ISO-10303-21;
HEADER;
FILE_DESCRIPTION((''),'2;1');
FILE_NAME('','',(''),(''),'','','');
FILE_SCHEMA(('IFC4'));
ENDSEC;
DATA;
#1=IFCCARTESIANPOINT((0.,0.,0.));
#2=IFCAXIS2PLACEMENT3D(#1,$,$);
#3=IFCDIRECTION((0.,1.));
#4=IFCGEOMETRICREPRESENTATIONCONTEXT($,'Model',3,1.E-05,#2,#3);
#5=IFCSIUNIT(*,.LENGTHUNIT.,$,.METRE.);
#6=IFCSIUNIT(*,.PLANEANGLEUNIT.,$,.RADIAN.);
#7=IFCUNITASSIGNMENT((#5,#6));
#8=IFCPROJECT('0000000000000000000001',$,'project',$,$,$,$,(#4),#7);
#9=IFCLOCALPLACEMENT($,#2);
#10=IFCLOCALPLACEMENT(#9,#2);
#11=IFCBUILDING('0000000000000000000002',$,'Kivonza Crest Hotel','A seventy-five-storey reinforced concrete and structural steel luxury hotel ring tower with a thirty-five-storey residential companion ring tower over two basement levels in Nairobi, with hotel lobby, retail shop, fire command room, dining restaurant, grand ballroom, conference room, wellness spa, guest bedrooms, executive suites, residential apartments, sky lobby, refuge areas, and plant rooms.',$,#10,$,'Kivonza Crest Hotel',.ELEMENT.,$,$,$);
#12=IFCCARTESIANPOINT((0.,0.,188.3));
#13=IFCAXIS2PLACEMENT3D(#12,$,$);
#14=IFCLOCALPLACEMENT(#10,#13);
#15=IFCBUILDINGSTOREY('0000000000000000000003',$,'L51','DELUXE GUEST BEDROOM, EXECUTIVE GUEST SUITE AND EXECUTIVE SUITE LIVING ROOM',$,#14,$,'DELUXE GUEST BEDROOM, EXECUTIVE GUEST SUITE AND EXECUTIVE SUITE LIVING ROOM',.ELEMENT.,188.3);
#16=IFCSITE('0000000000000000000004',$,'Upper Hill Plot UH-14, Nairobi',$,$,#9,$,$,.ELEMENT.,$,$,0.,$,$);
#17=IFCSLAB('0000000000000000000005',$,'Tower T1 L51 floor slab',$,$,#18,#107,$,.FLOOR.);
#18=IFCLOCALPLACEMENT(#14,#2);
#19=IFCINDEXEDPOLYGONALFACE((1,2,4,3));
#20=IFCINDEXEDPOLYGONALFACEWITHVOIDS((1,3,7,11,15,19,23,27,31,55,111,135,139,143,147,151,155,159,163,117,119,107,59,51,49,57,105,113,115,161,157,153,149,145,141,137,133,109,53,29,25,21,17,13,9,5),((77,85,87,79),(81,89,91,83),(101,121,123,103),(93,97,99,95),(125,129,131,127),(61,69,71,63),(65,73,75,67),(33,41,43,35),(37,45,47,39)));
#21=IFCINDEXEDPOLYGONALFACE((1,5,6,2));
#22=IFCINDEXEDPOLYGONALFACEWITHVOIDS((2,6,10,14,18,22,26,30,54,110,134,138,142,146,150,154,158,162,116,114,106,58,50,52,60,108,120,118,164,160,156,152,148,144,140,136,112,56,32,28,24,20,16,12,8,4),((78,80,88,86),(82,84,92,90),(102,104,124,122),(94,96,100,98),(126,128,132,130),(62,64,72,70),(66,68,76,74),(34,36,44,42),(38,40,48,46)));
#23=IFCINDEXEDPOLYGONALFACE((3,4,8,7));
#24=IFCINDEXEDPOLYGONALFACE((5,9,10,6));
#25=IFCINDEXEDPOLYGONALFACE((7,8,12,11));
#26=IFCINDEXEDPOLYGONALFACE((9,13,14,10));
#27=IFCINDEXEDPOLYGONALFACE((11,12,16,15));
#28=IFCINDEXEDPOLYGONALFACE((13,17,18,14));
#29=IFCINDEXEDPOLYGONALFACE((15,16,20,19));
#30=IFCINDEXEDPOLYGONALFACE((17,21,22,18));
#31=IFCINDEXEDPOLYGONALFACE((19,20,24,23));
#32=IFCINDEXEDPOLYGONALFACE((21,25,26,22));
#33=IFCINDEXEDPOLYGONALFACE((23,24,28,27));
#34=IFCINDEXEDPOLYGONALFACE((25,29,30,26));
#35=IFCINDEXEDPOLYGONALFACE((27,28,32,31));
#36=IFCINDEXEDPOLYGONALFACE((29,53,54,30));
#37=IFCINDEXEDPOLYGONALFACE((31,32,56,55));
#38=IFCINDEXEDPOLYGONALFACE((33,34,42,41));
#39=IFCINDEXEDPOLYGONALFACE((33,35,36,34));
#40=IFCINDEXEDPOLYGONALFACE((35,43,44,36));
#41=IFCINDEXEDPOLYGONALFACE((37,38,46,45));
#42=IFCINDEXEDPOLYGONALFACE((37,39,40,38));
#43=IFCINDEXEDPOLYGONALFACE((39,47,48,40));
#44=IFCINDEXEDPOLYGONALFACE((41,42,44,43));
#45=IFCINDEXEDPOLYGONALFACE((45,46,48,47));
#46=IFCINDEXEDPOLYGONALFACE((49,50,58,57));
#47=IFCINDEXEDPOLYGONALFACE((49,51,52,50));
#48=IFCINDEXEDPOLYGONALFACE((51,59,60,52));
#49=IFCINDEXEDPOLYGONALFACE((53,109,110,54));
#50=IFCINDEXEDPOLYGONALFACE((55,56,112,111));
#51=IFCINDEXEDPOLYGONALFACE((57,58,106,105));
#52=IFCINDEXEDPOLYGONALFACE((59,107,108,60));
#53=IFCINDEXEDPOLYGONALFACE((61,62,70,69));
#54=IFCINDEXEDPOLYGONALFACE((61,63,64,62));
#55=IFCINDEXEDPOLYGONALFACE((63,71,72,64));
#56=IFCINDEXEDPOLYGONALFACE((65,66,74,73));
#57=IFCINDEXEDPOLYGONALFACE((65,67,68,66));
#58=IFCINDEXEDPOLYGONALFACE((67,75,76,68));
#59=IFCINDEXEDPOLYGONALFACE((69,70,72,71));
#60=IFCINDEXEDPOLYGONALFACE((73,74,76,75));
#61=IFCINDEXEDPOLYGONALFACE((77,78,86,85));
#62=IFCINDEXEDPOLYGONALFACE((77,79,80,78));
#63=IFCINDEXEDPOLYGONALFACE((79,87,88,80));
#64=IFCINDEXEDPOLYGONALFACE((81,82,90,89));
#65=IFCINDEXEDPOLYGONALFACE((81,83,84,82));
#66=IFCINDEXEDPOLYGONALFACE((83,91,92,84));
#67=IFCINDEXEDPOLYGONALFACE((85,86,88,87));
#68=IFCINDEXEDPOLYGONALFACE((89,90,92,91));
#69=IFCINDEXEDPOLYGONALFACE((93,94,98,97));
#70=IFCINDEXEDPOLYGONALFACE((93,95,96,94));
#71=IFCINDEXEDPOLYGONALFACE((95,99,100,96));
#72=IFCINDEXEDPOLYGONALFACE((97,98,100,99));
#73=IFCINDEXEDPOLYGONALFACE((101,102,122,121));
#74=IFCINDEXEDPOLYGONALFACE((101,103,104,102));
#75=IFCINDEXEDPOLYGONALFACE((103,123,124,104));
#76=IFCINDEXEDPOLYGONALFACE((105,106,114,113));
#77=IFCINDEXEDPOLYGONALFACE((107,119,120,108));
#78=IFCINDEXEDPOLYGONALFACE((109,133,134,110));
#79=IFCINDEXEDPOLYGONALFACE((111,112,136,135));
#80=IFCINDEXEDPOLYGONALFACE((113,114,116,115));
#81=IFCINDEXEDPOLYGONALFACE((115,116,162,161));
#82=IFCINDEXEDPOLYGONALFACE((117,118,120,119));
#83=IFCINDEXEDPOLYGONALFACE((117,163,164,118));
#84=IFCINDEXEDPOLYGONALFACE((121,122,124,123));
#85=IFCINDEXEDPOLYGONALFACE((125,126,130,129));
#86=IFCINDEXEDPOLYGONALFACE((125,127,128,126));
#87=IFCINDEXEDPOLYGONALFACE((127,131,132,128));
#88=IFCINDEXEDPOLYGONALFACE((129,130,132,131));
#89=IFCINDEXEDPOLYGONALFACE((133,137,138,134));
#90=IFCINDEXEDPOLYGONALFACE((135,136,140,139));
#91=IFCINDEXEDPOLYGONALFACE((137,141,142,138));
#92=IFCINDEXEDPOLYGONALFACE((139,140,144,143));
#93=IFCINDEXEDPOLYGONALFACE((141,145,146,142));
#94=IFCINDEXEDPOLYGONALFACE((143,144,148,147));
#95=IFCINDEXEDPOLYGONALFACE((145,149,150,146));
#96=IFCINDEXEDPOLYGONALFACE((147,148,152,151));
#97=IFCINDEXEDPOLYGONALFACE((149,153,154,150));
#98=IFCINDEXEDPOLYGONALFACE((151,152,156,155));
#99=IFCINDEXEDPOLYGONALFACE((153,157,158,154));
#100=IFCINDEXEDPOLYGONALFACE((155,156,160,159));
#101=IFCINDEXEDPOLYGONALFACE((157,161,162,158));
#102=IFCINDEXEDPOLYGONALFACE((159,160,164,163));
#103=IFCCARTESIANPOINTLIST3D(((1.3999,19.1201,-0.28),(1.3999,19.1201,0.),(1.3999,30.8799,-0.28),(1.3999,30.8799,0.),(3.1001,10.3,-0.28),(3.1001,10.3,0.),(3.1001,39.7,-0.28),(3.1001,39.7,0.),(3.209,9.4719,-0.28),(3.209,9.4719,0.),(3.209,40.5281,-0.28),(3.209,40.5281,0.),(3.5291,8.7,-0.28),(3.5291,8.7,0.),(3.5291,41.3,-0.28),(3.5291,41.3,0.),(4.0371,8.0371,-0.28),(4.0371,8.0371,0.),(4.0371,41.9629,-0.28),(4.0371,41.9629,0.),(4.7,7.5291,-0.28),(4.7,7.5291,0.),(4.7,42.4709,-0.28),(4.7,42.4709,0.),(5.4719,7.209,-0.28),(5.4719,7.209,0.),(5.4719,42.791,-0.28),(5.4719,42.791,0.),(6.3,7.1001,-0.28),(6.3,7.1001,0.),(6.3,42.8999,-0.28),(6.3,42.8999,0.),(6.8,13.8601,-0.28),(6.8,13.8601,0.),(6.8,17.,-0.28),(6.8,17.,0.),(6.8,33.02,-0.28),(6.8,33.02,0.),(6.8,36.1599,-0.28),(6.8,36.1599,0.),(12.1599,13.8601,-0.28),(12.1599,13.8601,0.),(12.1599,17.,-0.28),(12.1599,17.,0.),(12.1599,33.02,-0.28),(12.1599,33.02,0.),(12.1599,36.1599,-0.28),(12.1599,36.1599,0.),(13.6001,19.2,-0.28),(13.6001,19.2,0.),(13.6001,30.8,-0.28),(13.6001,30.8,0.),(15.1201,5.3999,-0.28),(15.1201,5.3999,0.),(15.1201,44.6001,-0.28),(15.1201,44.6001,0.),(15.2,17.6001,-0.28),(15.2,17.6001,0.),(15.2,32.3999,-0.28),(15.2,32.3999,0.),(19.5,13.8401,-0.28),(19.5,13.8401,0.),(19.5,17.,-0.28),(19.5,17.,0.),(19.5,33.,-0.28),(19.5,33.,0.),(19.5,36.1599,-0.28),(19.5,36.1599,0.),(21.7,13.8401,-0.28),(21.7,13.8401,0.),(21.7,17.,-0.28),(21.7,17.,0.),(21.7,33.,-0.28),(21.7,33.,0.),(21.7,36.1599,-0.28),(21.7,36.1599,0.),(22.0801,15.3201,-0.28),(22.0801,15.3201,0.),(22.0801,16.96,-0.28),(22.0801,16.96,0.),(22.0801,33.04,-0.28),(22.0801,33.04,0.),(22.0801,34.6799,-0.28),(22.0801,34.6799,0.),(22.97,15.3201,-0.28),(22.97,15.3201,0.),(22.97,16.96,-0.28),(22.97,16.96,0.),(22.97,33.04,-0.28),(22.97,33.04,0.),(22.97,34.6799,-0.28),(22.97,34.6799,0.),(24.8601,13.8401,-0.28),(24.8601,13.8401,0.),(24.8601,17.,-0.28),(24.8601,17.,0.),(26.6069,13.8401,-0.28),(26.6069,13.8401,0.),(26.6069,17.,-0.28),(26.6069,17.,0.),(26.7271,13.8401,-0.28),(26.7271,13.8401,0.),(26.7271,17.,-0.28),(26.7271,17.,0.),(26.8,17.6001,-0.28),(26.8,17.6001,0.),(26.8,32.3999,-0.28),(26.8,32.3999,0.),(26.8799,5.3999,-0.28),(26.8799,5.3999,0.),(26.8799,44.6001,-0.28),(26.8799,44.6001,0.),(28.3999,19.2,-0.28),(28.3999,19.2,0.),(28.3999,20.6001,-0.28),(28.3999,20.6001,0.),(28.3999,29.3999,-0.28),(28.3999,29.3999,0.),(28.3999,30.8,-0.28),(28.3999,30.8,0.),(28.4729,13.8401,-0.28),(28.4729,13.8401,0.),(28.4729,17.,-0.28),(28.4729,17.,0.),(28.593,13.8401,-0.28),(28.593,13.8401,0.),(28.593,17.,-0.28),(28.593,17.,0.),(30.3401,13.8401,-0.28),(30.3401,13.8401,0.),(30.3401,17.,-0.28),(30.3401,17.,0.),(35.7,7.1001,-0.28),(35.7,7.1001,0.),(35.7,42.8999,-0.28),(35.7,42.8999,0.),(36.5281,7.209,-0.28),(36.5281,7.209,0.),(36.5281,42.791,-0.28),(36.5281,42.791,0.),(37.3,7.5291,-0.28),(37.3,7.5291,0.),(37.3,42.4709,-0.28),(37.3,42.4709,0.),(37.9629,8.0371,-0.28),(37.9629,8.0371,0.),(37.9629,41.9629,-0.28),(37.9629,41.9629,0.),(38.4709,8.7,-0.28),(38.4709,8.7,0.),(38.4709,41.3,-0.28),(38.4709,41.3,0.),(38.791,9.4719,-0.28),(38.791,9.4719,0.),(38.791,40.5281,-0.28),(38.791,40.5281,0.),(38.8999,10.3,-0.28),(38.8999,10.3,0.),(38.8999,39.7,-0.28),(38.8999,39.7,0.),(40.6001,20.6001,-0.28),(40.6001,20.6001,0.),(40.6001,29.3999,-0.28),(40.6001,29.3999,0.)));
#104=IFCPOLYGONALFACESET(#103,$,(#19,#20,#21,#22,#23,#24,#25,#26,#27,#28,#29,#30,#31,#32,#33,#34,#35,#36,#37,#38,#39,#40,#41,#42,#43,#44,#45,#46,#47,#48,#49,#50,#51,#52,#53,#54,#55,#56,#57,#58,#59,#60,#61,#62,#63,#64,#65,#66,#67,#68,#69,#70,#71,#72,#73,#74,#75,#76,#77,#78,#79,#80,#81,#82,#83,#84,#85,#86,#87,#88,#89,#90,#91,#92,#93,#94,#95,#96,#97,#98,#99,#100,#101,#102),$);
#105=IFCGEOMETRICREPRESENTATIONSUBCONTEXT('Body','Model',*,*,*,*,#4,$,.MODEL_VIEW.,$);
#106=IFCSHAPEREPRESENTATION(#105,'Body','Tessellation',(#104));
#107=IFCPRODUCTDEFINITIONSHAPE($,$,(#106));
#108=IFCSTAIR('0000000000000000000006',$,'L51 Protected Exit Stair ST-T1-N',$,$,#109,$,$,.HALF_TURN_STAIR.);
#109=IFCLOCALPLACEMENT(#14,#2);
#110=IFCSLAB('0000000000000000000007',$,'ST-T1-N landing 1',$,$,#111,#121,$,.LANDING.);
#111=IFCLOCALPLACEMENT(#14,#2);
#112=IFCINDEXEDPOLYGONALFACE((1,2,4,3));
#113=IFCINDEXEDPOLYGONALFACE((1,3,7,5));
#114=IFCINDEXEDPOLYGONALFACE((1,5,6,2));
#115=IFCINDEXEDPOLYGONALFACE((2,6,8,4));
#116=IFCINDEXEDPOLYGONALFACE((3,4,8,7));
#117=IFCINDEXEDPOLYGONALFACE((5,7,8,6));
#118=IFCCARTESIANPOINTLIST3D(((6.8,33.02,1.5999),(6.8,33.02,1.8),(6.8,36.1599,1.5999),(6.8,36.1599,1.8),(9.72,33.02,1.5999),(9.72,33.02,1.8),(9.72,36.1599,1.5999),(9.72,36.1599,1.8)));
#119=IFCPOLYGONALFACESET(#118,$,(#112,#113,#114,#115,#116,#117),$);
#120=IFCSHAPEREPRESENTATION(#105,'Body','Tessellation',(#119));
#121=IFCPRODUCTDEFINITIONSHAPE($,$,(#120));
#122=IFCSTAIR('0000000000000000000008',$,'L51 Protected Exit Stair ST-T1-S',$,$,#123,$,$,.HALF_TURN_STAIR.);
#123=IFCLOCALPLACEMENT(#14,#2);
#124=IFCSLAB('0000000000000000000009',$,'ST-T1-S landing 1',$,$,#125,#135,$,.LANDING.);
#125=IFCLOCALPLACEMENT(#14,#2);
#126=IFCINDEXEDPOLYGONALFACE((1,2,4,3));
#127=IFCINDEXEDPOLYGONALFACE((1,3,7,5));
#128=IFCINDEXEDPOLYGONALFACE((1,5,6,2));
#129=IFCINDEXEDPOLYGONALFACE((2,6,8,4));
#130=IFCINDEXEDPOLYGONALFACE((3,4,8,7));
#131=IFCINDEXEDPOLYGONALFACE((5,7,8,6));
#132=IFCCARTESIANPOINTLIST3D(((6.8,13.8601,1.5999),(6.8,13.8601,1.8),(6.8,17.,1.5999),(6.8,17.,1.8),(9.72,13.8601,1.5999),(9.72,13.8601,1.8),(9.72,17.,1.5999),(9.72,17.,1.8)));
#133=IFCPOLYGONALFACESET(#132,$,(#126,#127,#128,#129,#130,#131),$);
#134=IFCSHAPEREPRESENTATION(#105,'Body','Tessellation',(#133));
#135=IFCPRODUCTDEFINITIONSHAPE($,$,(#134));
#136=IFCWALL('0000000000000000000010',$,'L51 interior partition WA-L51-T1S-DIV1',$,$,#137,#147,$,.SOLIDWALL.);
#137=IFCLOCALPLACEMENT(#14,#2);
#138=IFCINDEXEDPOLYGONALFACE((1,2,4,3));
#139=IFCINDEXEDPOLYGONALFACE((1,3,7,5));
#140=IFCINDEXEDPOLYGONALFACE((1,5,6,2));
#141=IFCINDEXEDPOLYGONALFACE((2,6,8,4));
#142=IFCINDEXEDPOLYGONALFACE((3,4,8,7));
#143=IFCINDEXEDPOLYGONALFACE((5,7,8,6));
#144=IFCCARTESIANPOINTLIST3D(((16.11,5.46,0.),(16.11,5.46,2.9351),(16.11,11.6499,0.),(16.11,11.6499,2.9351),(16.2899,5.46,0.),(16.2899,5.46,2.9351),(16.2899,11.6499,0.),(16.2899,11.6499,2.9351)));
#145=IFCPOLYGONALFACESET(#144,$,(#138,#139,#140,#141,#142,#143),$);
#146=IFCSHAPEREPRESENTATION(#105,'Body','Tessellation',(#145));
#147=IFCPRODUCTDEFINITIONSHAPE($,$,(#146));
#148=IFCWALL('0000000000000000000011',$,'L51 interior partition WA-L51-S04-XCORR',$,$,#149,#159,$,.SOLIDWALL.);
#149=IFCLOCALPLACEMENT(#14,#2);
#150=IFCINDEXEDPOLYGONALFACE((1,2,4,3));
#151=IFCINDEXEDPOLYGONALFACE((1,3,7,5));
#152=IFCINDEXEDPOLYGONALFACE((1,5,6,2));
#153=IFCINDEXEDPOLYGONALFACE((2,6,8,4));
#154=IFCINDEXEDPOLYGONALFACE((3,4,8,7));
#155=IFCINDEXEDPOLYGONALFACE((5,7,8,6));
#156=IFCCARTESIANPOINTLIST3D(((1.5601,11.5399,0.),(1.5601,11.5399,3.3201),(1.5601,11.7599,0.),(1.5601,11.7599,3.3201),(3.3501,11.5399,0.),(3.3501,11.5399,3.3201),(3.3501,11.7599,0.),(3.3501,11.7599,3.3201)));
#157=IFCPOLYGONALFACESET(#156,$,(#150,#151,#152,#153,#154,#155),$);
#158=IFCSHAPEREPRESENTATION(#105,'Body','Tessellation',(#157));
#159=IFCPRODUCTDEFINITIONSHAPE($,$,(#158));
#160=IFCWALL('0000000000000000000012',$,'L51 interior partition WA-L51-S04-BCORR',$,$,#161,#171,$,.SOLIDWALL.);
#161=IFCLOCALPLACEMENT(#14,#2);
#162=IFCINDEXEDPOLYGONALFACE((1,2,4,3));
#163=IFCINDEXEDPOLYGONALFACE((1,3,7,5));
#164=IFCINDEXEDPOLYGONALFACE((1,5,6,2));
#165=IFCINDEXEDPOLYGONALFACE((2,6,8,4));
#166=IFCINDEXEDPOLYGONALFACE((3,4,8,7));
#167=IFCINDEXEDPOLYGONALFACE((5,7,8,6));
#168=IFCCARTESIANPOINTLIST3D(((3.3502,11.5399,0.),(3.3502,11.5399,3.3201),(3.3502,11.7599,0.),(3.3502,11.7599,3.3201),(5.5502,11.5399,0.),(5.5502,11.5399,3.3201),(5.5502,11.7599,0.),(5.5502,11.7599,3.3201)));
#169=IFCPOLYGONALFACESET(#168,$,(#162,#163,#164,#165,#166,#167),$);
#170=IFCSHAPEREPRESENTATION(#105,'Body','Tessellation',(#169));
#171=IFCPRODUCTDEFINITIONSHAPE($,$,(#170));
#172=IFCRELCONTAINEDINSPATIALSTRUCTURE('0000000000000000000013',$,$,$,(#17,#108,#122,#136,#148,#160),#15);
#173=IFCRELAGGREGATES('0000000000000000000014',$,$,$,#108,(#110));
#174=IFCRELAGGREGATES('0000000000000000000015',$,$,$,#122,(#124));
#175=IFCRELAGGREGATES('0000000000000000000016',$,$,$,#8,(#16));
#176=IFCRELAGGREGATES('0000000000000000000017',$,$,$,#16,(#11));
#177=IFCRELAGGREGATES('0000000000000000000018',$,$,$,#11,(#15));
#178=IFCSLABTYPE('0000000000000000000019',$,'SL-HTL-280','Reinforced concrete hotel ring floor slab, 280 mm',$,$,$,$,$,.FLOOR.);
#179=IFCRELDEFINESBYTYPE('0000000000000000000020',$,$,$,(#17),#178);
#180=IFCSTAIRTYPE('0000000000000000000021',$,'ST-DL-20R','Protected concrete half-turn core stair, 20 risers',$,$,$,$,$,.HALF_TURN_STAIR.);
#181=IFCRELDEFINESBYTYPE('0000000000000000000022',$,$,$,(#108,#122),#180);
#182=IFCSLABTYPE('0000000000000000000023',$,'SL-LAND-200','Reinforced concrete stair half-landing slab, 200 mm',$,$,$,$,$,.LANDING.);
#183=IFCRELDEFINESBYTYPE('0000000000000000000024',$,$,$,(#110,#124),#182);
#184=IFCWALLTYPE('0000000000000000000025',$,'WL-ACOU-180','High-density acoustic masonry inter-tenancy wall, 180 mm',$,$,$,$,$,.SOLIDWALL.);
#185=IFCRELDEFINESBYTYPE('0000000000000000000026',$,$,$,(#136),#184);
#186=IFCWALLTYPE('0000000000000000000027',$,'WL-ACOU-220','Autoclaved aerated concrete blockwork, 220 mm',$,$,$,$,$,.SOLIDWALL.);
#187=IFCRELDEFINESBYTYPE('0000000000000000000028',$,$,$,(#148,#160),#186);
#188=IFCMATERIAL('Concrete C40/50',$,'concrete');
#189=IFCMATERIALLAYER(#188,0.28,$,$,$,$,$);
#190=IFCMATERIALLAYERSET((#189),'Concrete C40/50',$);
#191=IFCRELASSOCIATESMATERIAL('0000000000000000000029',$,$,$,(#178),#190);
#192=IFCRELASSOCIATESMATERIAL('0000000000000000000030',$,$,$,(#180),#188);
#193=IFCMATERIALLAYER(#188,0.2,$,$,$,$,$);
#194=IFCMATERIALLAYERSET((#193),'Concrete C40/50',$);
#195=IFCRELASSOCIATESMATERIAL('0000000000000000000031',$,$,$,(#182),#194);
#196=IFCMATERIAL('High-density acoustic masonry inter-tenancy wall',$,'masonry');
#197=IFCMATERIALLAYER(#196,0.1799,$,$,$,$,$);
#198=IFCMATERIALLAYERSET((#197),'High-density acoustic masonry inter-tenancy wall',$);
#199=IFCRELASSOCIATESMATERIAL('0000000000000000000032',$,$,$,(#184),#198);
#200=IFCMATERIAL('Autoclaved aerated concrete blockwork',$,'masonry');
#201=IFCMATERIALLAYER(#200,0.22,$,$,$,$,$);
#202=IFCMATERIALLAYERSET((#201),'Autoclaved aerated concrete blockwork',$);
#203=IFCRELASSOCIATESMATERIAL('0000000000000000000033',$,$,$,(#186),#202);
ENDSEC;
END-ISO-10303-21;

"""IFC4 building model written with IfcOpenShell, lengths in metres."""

from ifc_helpers import new_model, si_unit, direction, frame, frame_2d, origin, place, context, subcontext, project, spatial, polyline, rectangle, outline, extrude, material, layer, layer_set, type_object, element, aggregate, save


model = new_model("IFC4")

# Units and contexts
model_context = context("Model", 3, precision=1e-05, world=origin(), true_north=direction((0.0, 1.0)))
body_context = subcontext(model_context, "Body", "Model", "MODEL_VIEW")
ifc_project = project(units=[si_unit("LENGTHUNIT", "METRE"), si_unit("PLANEANGLEUNIT", "RADIAN")], contexts=[model_context])

# Site, building, storey
site_placement = place(None, origin())
site = spatial("IfcSite", under=ifc_project, at=site_placement, Name="Upper Hill Plot UH-14, Nairobi", CompositionType="ELEMENT", RefElevation=0.0)
building_placement = place(site_placement, origin())
building = spatial("IfcBuilding", under=site, at=building_placement, Name="Kivonza Crest Hotel", Description="A seventy-five-storey reinforced concrete and structural steel luxury hotel ring tower with a thirty-five-storey residential companion ring tower over two basement levels in Nairobi, with hotel lobby, retail shop, fire command room, dining restaurant, grand ballroom, conference room, wellness spa, guest bedrooms, executive suites, residential apartments, sky lobby, refuge areas, and plant rooms.", LongName="Kivonza Crest Hotel", CompositionType="ELEMENT")
storey_placement = place(building_placement, frame((0.0, 0.0, 188.3)))
storey = spatial("IfcBuildingStorey", under=building, at=storey_placement, Name="L51", Description="DELUXE GUEST BEDROOM, EXECUTIVE GUEST SUITE AND EXECUTIVE SUITE LIVING ROOM", LongName="DELUXE GUEST BEDROOM, EXECUTIVE GUEST SUITE AND EXECUTIVE SUITE LIVING ROOM", CompositionType="ELEMENT", Elevation=188.3)

# Slab
ifc_material_1 = material(Name="Concrete C40/50", Category="concrete")
ifc_layer_1 = layer(ifc_material_1, 0.28)
ifc_layer_set_1 = layer_set([ifc_layer_1], Name="Concrete C40/50")
slab_type_1 = type_object("IfcSlabType", Name="SL-HTL-280", Description="Reinforced concrete hotel ring floor slab, 280 mm", PredefinedType="FLOOR", material=ifc_layer_set_1)
slab_1_placement = place(storey_placement, frame((0.0, 0.0, -0.28)))
element("IfcSlab", 1, at=slab_1_placement, inside=storey, type_object=slab_type_1, Name="Tower T1 L51 floor slab", PredefinedType="FLOOR", context=body_context, shape_type="SweptSolid", body=[
    extrude(outline(polyline([(3.1001, 10.3), (3.209, 9.4719), (3.5291, 8.7), (4.0371, 8.0371), (4.7, 7.5291), (5.4719, 7.209), (6.3, 7.1001), (15.1201, 5.3999), (26.8799, 5.3999), (35.7, 7.1001), (36.5281, 7.209), (37.3, 7.5291), (37.9629, 8.0371), (38.4709, 8.7), (38.791, 9.4719), (38.8999, 10.3), (40.6001, 20.6001), (28.3999, 20.6001), (28.3999, 19.2), (26.8, 17.6001), (15.2, 17.6001), (13.6001, 19.2), (13.6001, 30.8), (15.2, 32.3999), (26.8, 32.3999), (28.3999, 30.8), (28.3999, 29.3999), (40.6001, 29.3999), (38.8999, 39.7), (38.791, 40.5281), (38.4709, 41.3), (37.9629, 41.9629), (37.3, 42.4709), (36.5281, 42.791), (35.7, 42.8999), (26.8799, 44.6001), (15.1201, 44.6001), (6.3, 42.8999), (5.4719, 42.791), (4.7, 42.4709), (4.0371, 41.9629), (3.5291, 41.3), (3.209, 40.5281), (3.1001, 39.7), (1.3999, 30.8799), (1.3999, 19.1201), (3.1001, 10.3)]), holes=[polyline([(6.8, 33.02), (12.1599, 33.02), (12.1599, 36.1599), (6.8, 36.1599), (6.8, 33.02)]), polyline([(6.8, 13.8601), (12.1599, 13.8601), (12.1599, 17.0), (6.8, 17.0), (6.8, 13.8601)]), polyline([(22.0801, 33.04), (22.97, 33.04), (22.97, 34.6799), (22.0801, 34.6799), (22.0801, 33.04)]), polyline([(22.0801, 15.3201), (22.97, 15.3201), (22.97, 16.96), (22.0801, 16.96), (22.0801, 15.3201)]), polyline([(19.5, 33.0), (21.7, 33.0), (21.7, 36.1599), (19.5, 36.1599), (19.5, 33.0)]), polyline([(19.5, 13.8401), (21.7, 13.8401), (21.7, 17.0), (19.5, 17.0), (19.5, 13.8401)]), polyline([(24.8601, 13.8401), (26.6069, 13.8401), (26.6069, 17.0), (24.8601, 17.0), (24.8601, 13.8401)]), polyline([(26.7271, 13.8401), (28.4729, 13.8401), (28.4729, 17.0), (26.7271, 17.0), (26.7271, 13.8401)]), polyline([(28.593, 13.8401), (30.3401, 13.8401), (30.3401, 17.0), (28.593, 17.0), (28.593, 13.8401)])]), origin(), (0.0, 0.0, 1.0), 0.28),
])

# Stairs, slabs
stair_type = type_object("IfcStairType", Name="ST-DL-20R", Description="Protected concrete half-turn core stair, 20 risers", PredefinedType="HALF_TURN_STAIR", material=ifc_material_1)
stair_1_placement = place(storey_placement, origin())
stair_1 = element("IfcStair", 2, at=stair_1_placement, inside=storey, type_object=stair_type, Name="L51 Protected Exit Stair ST-T1-N", PredefinedType="HALF_TURN_STAIR")
ifc_layer_2 = layer(ifc_material_1, 0.2)
ifc_layer_set_2 = layer_set([ifc_layer_2], Name="Concrete C40/50")
slab_type_2 = type_object("IfcSlabType", Name="SL-LAND-200", Description="Reinforced concrete stair half-landing slab, 200 mm", PredefinedType="LANDING", material=ifc_layer_set_2)
slab_2_placement = place(storey_placement, frame((0.0, 0.0, 1.5999)))
slab_2 = element("IfcSlab", 3, at=slab_2_placement, type_object=slab_type_2, Name="ST-T1-N landing 1", PredefinedType="LANDING", context=body_context, shape_type="SweptSolid", body=[
    extrude(outline(polyline([(9.72, 36.1599), (6.8, 36.1599), (6.8, 33.02), (9.72, 33.02), (9.72, 36.1599)])), origin(), (0.0, 0.0, 1.0), 0.2002),
])
aggregate(stair_1, [slab_2])
stair_2_placement = place(storey_placement, origin())
stair_2 = element("IfcStair", 4, at=stair_2_placement, inside=storey, type_object=stair_type, Name="L51 Protected Exit Stair ST-T1-S", PredefinedType="HALF_TURN_STAIR")
slab_3_placement = place(storey_placement, frame((0.0, 0.0, 1.5999)))
slab_3 = element("IfcSlab", 5, at=slab_3_placement, type_object=slab_type_2, Name="ST-T1-S landing 1", PredefinedType="LANDING", context=body_context, shape_type="SweptSolid", body=[
    extrude(outline(polyline([(9.72, 17.0), (6.8, 17.0), (6.8, 13.8601), (9.72, 13.8601), (9.72, 17.0)])), origin(), (0.0, 0.0, 1.0), 0.2002),
])
aggregate(stair_2, [slab_3])

# Walls
ifc_material_2 = material(Name="High-density acoustic masonry inter-tenancy wall", Category="masonry")
ifc_layer_3 = layer(ifc_material_2, 0.1799)
ifc_layer_set_3 = layer_set([ifc_layer_3], Name="High-density acoustic masonry inter-tenancy wall")
wall_type_1 = type_object("IfcWallType", Name="WL-ACOU-180", Description="High-density acoustic masonry inter-tenancy wall, 180 mm", PredefinedType="SOLIDWALL", material=ifc_layer_set_3)
wall_1_placement = place(storey_placement, frame((16.2, 5.46, 0.0), z_axis=(0.0, 0.0, 1.0), x_axis=(0.0, 1.0, 0.0)))
element("IfcWall", 6, at=wall_1_placement, inside=storey, type_object=wall_type_1, Name="L51 interior partition WA-L51-T1S-DIV1", PredefinedType="SOLIDWALL", context=body_context, shape_type="SweptSolid", body=[
    extrude(rectangle(XDim=6.1899, YDim=0.1799, at=frame_2d((3.095, 0.0))), origin(), (0.0, 0.0, 1.0), 2.9351),
])
ifc_material_3 = material(Name="Autoclaved aerated concrete blockwork", Category="masonry")
ifc_layer_4 = layer(ifc_material_3, 0.22)
ifc_layer_set_4 = layer_set([ifc_layer_4], Name="Autoclaved aerated concrete blockwork")
wall_type_2 = type_object("IfcWallType", Name="WL-ACOU-220", Description="Autoclaved aerated concrete blockwork, 220 mm", PredefinedType="SOLIDWALL", material=ifc_layer_set_4)
wall_2_placement = place(storey_placement, frame((1.5601, 11.6499, 0.0), z_axis=(0.0, 0.0, 1.0), x_axis=(1.0, 0.0, 0.0)))
element("IfcWall", 7, at=wall_2_placement, inside=storey, type_object=wall_type_2, Name="L51 interior partition WA-L51-S04-XCORR", PredefinedType="SOLIDWALL", context=body_context, shape_type="SweptSolid", body=[
    extrude(rectangle(XDim=1.79, YDim=0.22, at=frame_2d((0.895, 0.0))), origin(), (0.0, 0.0, 1.0), 3.3201),
])
wall_3_placement = place(storey_placement, frame((3.3501, 11.6499, 0.0), z_axis=(0.0, 0.0, 1.0), x_axis=(1.0, 0.0, 0.0)))
element("IfcWall", 8, at=wall_3_placement, inside=storey, type_object=wall_type_2, Name="L51 interior partition WA-L51-S04-BCORR", PredefinedType="SOLIDWALL", context=body_context, shape_type="SweptSolid", body=[
    extrude(rectangle(XDim=2.2, YDim=0.22, at=frame_2d((1.1001, 0.0))), origin(), (0.0, 0.0, 1.0), 3.3201),
])

save(model, "model.ifc")
